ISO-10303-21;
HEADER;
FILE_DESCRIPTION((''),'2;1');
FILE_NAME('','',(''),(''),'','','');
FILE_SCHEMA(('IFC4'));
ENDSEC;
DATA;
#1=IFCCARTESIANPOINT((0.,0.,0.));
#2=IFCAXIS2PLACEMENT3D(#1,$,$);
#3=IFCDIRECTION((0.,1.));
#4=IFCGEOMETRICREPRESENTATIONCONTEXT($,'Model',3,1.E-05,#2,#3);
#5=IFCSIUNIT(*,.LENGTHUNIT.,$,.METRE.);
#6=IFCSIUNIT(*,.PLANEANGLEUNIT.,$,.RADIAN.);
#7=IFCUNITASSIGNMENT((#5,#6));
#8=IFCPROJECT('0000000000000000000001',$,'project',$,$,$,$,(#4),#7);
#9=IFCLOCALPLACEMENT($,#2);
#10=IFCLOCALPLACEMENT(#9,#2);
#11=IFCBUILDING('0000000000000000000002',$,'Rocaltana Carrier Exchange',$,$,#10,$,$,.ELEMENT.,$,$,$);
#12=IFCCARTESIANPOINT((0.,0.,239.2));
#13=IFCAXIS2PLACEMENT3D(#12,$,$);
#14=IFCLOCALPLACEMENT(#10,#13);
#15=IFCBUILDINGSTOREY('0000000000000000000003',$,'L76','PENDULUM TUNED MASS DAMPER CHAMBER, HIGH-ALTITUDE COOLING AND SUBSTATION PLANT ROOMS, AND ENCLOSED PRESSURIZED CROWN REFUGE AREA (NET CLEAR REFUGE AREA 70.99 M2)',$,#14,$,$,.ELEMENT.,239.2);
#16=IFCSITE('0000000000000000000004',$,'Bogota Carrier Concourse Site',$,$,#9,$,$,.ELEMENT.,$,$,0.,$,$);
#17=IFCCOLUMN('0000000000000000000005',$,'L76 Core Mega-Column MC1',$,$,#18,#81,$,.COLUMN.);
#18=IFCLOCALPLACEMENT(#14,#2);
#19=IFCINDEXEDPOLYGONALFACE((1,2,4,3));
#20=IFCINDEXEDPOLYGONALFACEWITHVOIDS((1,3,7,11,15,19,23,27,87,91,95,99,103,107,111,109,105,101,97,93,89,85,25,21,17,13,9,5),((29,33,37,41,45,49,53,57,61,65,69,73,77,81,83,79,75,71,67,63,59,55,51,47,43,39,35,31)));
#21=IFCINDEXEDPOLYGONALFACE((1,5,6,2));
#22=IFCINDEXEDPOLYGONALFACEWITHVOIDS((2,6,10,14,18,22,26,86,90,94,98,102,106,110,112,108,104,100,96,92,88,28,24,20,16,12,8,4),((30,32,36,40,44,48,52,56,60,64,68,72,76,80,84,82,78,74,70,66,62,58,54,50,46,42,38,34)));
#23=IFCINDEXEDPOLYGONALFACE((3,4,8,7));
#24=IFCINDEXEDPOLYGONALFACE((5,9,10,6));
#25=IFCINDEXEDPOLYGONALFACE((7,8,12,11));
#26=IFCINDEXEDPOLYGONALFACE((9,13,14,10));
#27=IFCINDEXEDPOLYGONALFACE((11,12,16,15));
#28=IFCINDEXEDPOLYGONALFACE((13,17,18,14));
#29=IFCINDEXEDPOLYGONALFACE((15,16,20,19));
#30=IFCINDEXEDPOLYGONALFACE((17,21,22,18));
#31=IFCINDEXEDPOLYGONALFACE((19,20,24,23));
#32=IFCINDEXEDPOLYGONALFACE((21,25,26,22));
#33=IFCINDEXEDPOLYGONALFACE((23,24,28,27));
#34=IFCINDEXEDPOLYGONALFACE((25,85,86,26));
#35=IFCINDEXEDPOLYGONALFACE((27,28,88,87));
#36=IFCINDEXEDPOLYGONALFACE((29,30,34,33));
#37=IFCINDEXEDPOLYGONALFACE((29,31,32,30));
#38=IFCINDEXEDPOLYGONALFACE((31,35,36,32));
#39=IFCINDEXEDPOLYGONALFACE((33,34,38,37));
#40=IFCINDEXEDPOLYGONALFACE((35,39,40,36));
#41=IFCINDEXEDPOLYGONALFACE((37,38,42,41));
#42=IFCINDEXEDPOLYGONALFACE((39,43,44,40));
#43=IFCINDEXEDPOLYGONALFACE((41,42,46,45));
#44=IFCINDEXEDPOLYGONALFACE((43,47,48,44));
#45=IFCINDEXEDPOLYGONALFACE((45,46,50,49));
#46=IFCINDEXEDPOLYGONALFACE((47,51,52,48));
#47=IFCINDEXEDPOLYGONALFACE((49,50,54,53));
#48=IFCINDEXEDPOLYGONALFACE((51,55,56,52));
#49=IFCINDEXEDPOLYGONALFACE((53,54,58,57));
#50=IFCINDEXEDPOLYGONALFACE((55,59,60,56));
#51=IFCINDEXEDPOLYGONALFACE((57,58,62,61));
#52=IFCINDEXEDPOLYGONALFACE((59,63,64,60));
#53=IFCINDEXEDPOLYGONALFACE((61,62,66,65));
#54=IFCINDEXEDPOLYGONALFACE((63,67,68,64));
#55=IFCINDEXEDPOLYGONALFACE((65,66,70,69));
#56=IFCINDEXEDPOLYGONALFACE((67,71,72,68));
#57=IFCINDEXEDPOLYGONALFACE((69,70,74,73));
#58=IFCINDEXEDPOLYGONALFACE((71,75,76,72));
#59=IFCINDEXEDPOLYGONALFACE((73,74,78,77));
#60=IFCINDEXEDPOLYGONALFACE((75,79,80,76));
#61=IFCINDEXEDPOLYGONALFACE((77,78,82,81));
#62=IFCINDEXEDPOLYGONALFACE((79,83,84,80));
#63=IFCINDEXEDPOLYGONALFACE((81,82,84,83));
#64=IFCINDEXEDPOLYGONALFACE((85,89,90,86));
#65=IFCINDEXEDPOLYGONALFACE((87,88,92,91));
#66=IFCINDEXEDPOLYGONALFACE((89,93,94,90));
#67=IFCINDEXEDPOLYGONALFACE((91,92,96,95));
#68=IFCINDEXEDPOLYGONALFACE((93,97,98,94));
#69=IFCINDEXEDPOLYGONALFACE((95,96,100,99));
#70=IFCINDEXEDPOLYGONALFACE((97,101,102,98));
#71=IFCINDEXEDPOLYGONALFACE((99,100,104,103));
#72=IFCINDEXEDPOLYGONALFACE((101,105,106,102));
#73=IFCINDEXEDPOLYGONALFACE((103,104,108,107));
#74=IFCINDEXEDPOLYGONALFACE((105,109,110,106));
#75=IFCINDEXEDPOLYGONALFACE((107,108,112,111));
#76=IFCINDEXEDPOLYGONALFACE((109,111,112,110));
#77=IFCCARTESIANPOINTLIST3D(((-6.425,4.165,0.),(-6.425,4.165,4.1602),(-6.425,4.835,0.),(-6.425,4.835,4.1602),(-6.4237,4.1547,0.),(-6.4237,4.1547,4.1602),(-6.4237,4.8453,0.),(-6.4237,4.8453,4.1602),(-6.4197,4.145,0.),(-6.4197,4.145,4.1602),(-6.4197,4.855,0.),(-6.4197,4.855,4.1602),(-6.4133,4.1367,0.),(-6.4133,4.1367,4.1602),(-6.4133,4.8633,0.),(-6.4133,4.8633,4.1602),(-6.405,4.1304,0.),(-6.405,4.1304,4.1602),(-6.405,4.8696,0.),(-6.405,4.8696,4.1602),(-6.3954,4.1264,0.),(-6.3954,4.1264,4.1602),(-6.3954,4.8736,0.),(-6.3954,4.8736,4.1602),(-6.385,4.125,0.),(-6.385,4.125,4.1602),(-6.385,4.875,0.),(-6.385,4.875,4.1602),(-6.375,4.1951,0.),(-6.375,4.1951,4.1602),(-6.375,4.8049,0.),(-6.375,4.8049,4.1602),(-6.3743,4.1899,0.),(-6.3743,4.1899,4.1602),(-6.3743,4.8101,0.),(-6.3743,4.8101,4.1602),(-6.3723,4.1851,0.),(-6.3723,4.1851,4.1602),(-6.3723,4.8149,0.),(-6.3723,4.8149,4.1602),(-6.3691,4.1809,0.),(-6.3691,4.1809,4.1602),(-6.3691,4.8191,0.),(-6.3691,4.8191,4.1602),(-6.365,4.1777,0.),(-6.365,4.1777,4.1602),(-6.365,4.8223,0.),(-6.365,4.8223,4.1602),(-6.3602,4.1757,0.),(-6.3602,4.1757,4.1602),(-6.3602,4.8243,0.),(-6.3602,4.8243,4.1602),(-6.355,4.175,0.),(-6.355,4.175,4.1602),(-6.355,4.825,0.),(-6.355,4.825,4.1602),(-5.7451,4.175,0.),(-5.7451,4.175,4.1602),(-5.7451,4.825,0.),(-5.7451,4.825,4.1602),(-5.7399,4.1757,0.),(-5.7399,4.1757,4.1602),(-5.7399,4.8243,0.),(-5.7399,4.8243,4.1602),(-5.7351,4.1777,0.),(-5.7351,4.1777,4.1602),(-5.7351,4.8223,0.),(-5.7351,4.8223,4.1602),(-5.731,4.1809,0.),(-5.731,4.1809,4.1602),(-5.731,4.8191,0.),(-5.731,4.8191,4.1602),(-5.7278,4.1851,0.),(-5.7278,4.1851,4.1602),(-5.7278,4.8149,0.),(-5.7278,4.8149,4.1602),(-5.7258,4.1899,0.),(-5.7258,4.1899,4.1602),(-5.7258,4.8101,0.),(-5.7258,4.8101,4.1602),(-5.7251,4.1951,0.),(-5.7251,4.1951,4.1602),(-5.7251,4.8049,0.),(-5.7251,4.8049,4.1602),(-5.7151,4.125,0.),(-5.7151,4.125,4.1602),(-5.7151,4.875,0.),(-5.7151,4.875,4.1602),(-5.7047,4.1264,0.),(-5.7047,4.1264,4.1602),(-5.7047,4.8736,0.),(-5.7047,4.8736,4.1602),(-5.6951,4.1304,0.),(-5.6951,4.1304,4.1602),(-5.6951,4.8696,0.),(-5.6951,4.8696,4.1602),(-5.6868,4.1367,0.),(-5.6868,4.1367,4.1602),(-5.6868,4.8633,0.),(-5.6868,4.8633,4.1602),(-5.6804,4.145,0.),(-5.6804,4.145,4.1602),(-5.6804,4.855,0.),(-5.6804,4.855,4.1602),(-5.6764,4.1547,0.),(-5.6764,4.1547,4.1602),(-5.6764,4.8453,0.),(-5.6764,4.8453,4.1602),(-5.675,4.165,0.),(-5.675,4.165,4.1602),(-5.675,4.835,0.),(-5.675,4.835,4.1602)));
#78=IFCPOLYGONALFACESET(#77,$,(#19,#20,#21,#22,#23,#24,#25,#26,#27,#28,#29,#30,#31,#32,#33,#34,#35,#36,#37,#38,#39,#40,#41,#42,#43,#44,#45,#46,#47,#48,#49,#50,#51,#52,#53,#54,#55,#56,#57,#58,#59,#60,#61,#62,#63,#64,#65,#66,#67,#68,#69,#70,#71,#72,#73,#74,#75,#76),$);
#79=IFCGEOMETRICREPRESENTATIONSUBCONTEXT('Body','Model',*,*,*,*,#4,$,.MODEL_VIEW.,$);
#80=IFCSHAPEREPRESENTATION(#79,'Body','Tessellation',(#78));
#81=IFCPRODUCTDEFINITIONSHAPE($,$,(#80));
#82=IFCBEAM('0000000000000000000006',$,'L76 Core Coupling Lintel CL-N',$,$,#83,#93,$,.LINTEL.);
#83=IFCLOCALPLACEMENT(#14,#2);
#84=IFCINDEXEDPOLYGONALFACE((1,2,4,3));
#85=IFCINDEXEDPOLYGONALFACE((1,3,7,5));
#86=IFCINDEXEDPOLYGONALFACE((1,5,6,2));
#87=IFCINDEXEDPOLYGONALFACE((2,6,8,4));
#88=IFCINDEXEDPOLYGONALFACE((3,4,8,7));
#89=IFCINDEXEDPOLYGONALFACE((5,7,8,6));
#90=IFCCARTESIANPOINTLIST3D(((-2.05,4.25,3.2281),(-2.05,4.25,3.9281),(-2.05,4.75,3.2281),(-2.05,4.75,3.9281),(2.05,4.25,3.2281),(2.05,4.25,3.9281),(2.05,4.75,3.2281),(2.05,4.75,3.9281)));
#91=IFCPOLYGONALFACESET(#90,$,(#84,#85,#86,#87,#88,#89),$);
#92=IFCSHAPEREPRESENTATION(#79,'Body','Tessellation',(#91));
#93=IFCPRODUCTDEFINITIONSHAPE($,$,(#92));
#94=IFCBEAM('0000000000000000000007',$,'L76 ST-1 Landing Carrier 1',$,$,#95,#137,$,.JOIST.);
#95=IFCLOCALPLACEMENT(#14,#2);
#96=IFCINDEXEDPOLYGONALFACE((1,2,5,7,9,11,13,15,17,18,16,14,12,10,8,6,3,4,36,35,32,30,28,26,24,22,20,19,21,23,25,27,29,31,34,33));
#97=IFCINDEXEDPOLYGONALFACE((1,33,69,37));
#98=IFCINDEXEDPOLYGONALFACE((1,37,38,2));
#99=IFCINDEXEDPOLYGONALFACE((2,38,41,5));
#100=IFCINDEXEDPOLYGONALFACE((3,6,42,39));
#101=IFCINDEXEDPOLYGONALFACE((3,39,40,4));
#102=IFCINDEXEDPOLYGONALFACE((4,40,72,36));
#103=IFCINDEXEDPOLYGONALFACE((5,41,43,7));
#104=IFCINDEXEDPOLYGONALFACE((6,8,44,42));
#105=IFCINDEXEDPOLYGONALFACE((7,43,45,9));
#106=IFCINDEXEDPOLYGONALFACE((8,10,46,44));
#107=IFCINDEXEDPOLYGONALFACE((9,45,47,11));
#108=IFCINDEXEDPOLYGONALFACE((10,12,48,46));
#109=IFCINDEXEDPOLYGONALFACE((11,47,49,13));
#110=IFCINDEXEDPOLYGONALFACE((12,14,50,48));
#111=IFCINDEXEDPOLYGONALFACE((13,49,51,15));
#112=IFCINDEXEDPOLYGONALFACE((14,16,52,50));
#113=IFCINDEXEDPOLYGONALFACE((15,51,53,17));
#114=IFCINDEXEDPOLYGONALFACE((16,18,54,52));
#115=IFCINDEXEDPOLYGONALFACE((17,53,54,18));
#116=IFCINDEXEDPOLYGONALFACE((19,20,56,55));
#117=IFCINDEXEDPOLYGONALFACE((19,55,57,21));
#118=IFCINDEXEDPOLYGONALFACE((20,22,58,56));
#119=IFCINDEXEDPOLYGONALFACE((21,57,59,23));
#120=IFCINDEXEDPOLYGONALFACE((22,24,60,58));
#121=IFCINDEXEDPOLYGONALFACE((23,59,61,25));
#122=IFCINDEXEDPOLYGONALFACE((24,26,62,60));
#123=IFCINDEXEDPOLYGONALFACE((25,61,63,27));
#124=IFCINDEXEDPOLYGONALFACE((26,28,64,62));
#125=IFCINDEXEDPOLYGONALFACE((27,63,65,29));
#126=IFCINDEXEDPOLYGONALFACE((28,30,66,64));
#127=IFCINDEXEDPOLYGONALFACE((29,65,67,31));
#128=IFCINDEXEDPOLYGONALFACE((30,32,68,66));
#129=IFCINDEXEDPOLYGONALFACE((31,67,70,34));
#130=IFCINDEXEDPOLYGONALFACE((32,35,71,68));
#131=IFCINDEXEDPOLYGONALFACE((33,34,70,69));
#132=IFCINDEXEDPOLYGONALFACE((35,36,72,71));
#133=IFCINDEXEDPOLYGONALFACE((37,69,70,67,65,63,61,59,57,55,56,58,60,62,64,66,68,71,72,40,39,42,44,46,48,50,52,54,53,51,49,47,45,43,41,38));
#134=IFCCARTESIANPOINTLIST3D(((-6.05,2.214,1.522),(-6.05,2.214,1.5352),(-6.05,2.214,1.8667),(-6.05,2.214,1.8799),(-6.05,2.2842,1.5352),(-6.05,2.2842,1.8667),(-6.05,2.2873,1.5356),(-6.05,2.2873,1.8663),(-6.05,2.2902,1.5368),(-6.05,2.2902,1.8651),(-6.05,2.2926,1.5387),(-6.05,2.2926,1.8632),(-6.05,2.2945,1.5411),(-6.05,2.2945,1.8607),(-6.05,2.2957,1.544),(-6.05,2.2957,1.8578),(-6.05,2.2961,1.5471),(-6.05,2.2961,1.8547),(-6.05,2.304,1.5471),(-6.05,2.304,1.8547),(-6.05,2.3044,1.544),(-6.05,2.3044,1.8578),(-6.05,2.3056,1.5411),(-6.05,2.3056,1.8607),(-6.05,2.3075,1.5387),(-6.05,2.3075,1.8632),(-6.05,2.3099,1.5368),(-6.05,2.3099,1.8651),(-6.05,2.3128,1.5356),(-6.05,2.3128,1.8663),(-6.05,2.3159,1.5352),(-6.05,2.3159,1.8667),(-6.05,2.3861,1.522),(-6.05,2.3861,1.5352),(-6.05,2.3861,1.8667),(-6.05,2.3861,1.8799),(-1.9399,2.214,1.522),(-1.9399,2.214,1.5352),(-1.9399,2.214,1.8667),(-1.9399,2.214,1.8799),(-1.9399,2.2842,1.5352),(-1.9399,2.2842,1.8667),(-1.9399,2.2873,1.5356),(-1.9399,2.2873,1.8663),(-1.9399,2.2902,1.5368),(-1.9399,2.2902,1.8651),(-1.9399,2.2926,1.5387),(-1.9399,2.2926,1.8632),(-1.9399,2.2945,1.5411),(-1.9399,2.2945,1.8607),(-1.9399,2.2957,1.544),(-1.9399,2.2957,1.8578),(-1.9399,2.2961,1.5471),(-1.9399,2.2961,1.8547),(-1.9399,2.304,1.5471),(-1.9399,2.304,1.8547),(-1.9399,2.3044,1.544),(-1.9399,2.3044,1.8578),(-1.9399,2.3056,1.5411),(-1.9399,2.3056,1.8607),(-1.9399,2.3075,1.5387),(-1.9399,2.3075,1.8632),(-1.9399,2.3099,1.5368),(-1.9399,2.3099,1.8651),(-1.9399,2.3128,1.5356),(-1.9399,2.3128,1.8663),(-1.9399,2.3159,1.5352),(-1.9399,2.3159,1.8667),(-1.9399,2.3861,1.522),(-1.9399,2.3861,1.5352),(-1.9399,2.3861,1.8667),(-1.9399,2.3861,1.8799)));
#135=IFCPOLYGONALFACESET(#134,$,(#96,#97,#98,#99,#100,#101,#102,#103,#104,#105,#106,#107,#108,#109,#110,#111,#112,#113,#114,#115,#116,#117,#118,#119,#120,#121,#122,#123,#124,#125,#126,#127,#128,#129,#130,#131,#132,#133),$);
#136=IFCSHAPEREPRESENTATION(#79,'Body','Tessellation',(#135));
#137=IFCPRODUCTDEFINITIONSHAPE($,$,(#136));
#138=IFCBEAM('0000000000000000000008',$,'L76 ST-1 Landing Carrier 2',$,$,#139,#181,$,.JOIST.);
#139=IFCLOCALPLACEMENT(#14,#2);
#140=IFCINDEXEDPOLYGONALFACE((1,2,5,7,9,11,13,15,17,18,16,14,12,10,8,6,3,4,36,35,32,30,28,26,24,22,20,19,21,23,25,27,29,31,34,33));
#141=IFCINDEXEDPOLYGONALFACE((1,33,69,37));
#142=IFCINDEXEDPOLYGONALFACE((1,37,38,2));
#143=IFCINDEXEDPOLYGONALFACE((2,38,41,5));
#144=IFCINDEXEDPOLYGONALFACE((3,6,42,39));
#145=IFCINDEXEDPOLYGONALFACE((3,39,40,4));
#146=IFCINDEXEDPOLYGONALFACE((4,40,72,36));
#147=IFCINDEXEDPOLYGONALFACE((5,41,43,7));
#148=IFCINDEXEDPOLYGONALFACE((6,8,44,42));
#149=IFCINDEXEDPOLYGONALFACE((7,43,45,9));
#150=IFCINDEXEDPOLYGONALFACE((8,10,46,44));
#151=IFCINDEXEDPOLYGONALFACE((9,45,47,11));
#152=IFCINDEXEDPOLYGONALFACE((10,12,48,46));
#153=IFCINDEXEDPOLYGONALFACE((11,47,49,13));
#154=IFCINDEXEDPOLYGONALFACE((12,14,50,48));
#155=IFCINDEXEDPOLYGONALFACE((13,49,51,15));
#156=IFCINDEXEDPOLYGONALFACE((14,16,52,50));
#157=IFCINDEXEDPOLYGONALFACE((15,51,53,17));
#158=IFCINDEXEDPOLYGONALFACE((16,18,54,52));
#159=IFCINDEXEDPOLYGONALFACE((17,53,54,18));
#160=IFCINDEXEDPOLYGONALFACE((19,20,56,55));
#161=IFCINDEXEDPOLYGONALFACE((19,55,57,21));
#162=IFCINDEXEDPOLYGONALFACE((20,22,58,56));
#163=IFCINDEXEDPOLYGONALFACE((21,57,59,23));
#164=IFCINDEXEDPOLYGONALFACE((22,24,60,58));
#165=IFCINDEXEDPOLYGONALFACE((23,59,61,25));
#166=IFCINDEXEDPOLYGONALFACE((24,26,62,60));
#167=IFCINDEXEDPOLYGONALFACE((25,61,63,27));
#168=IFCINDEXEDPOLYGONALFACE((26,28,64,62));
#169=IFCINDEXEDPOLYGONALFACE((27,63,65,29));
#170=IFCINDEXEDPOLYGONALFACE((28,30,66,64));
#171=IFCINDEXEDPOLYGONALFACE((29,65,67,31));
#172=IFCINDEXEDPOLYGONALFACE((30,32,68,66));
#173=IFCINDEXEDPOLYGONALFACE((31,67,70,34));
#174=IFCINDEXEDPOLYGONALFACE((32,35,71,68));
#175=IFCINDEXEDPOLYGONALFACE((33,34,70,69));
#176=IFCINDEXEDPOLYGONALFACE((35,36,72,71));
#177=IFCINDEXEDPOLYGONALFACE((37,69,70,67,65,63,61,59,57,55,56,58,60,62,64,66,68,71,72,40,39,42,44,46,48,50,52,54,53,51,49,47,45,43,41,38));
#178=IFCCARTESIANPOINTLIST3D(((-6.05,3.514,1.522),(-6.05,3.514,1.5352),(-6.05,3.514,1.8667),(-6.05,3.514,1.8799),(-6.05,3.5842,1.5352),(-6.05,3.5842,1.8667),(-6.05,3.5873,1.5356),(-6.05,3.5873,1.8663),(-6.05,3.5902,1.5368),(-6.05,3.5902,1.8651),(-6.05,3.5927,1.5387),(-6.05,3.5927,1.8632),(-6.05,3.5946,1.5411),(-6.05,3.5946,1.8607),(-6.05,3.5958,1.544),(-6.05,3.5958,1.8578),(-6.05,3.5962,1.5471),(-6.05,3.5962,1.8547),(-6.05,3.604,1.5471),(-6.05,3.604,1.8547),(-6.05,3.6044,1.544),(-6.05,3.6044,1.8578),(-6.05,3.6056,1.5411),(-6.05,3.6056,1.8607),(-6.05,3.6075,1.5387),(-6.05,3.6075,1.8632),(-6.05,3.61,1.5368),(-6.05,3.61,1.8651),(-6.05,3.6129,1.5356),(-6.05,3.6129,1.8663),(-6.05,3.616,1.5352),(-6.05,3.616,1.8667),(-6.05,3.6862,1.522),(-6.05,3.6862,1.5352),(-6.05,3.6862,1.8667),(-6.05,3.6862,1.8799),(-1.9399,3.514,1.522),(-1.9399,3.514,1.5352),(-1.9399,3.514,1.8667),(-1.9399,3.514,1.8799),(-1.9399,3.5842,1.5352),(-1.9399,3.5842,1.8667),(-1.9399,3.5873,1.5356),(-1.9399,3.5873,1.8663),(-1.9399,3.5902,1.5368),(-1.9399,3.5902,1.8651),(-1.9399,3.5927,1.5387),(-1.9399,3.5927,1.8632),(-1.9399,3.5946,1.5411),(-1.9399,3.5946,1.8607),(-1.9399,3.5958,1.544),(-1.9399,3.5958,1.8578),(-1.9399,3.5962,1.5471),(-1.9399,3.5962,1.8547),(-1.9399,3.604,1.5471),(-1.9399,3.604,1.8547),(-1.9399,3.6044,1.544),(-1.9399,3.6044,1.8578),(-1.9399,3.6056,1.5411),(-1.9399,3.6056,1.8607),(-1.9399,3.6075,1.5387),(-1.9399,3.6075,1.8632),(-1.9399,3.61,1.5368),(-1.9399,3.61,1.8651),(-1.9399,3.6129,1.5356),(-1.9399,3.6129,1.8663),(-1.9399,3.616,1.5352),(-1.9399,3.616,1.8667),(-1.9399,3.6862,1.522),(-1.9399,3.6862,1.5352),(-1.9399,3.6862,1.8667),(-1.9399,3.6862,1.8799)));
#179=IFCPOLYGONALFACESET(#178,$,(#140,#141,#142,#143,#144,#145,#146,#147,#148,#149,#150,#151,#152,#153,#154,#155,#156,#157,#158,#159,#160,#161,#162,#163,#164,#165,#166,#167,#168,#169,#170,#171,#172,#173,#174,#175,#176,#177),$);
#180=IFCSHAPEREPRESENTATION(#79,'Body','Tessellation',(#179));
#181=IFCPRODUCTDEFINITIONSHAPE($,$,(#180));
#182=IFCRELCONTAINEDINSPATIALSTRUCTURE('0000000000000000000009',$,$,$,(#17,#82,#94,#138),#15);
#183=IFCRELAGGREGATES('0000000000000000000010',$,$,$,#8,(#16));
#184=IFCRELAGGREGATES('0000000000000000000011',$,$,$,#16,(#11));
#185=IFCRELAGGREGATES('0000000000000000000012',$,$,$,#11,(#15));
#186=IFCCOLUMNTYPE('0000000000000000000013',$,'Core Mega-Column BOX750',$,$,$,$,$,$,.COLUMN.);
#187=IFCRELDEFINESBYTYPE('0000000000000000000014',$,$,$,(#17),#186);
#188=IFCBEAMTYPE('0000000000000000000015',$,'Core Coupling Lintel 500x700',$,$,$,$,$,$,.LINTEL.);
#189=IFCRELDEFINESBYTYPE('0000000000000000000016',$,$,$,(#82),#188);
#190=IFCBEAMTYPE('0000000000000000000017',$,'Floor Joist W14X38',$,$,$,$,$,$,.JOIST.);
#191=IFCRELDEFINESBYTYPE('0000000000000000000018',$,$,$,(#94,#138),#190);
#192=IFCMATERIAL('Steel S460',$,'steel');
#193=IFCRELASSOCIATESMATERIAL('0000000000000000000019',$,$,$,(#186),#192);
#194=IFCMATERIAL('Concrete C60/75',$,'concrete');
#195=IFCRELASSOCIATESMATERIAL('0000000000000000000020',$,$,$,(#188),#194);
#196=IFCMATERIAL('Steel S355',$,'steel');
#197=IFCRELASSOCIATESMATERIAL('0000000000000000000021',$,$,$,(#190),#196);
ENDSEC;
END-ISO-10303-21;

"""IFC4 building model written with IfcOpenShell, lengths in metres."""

from ifc_helpers import new_model, si_unit, direction, frame, origin, origin_2d, place, context, subcontext, project, spatial, rectangle, hollow_rectangle, i_section, extrude, material, material_profile, profile_set, type_object, element, save


model = new_model("IFC4")

# Units and contexts
model_context = context("Model", 3, precision=1e-05, world=origin(), true_north=direction((0.0, 1.0)))
body_context = subcontext(model_context, "Body", "Model", "MODEL_VIEW")
ifc_project = project(units=[si_unit("LENGTHUNIT", "METRE"), si_unit("PLANEANGLEUNIT", "RADIAN")], contexts=[model_context])

# Site, building, storey
site_placement = place(None, origin())
site = spatial("IfcSite", under=ifc_project, at=site_placement, Name="Bogota Carrier Concourse Site", CompositionType="ELEMENT", RefElevation=0.0)
building_placement = place(site_placement, origin())
building = spatial("IfcBuilding", under=site, at=building_placement, Name="Rocaltana Carrier Exchange", CompositionType="ELEMENT")
storey_placement = place(building_placement, frame((0.0, 0.0, 239.2)))
storey = spatial("IfcBuildingStorey", under=building, at=storey_placement, Name="L76", Description="PENDULUM TUNED MASS DAMPER CHAMBER, HIGH-ALTITUDE COOLING AND SUBSTATION PLANT ROOMS, AND ENCLOSED PRESSURIZED CROWN REFUGE AREA (NET CLEAR REFUGE AREA 70.99 M2)", CompositionType="ELEMENT", Elevation=239.2)

# Column
ifc_material_1 = material(Name="Steel S460", Category="steel")
ifc_material_profile_1 = material_profile(ifc_material_1, hollow_rectangle(XDim=0.75, YDim=0.75, WallThickness=0.05, InnerFilletRadius=0.02, OuterFilletRadius=0.04, at=origin_2d()), Name="BOX750X750X50")
ifc_profile_set_1 = profile_set([ifc_material_profile_1], Name="Steel S460")
column_type = type_object("IfcColumnType", Name="Core Mega-Column BOX750", PredefinedType="COLUMN", material=ifc_profile_set_1)
column_placement = place(storey_placement, frame((-6.05, 4.5, 0.0), z_axis=(0.0, 0.0, 1.0), x_axis=(1.0, 0.0, 0.0)))
element("IfcColumn", 1, at=column_placement, inside=storey, type_object=column_type, Name="L76 Core Mega-Column MC1", PredefinedType="COLUMN", context=body_context, shape_type="SweptSolid", body=[
    extrude(hollow_rectangle(XDim=0.75, YDim=0.75, WallThickness=0.05, InnerFilletRadius=0.02, OuterFilletRadius=0.04, at=origin_2d()), origin(), (0.0, 0.0, 1.0), 4.1602),
])

# Beams
ifc_material_2 = material(Name="Concrete C60/75", Category="concrete")
ifc_material_profile_2 = material_profile(ifc_material_2, rectangle(XDim=0.5, YDim=0.7, at=origin_2d()), Name="RC-BM-500X700")
ifc_profile_set_2 = profile_set([ifc_material_profile_2], Name="Concrete C60/75")
beam_type_1 = type_object("IfcBeamType", Name="Core Coupling Lintel 500x700", PredefinedType="LINTEL", material=ifc_profile_set_2)
beam_1_placement = place(storey_placement, frame((-2.05, 4.5, 3.5781), z_axis=(1.0, 0.0, 0.0), x_axis=(0.0, 1.0, 0.0)))
element("IfcBeam", 2, at=beam_1_placement, inside=storey, type_object=beam_type_1, Name="L76 Core Coupling Lintel CL-N", PredefinedType="LINTEL", context=body_context, shape_type="SweptSolid", body=[
    extrude(rectangle(XDim=0.5, YDim=0.7, at=origin_2d()), origin(), (0.0, 0.0, 1.0), 4.1001),
])
ifc_material_3 = material(Name="Steel S355", Category="steel")
ifc_material_profile_3 = material_profile(ifc_material_3, i_section(OverallWidth=0.1721, OverallDepth=0.3579, WebThickness=0.0078, FlangeThickness=0.0132, FilletRadius=0.012, at=origin_2d()), Name="W14X38")
ifc_profile_set_3 = profile_set([ifc_material_profile_3], Name="Steel S355")
beam_type_2 = type_object("IfcBeamType", Name="Floor Joist W14X38", PredefinedType="JOIST", material=ifc_profile_set_3)
for number, where, z_axis, x_axis, name in (
    (3, (-6.05, 2.3, 1.7009), (1.0, 0.0, 0.0), (0.0, 1.0, 0.0), "L76 ST-1 Landing Carrier 1"),
    (4, (-6.05, 3.6001, 1.7009), (1.0, 0.0, 0.0), (0.0, 1.0, 0.0), "L76 ST-1 Landing Carrier 2"),
):
    element("IfcBeam", number, at=place(storey_placement, frame(where, z_axis=z_axis, x_axis=x_axis)), inside=storey, type_object=beam_type_2, Name=name, PredefinedType="JOIST", context=body_context, shape_type="SweptSolid", body=[
        extrude(i_section(OverallWidth=0.1721, OverallDepth=0.3579, WebThickness=0.0078, FlangeThickness=0.0132, FilletRadius=0.012, at=origin_2d()), origin(), (0.0, 0.0, 1.0), 4.1101),
    ])

save(model, "model.ifc")
